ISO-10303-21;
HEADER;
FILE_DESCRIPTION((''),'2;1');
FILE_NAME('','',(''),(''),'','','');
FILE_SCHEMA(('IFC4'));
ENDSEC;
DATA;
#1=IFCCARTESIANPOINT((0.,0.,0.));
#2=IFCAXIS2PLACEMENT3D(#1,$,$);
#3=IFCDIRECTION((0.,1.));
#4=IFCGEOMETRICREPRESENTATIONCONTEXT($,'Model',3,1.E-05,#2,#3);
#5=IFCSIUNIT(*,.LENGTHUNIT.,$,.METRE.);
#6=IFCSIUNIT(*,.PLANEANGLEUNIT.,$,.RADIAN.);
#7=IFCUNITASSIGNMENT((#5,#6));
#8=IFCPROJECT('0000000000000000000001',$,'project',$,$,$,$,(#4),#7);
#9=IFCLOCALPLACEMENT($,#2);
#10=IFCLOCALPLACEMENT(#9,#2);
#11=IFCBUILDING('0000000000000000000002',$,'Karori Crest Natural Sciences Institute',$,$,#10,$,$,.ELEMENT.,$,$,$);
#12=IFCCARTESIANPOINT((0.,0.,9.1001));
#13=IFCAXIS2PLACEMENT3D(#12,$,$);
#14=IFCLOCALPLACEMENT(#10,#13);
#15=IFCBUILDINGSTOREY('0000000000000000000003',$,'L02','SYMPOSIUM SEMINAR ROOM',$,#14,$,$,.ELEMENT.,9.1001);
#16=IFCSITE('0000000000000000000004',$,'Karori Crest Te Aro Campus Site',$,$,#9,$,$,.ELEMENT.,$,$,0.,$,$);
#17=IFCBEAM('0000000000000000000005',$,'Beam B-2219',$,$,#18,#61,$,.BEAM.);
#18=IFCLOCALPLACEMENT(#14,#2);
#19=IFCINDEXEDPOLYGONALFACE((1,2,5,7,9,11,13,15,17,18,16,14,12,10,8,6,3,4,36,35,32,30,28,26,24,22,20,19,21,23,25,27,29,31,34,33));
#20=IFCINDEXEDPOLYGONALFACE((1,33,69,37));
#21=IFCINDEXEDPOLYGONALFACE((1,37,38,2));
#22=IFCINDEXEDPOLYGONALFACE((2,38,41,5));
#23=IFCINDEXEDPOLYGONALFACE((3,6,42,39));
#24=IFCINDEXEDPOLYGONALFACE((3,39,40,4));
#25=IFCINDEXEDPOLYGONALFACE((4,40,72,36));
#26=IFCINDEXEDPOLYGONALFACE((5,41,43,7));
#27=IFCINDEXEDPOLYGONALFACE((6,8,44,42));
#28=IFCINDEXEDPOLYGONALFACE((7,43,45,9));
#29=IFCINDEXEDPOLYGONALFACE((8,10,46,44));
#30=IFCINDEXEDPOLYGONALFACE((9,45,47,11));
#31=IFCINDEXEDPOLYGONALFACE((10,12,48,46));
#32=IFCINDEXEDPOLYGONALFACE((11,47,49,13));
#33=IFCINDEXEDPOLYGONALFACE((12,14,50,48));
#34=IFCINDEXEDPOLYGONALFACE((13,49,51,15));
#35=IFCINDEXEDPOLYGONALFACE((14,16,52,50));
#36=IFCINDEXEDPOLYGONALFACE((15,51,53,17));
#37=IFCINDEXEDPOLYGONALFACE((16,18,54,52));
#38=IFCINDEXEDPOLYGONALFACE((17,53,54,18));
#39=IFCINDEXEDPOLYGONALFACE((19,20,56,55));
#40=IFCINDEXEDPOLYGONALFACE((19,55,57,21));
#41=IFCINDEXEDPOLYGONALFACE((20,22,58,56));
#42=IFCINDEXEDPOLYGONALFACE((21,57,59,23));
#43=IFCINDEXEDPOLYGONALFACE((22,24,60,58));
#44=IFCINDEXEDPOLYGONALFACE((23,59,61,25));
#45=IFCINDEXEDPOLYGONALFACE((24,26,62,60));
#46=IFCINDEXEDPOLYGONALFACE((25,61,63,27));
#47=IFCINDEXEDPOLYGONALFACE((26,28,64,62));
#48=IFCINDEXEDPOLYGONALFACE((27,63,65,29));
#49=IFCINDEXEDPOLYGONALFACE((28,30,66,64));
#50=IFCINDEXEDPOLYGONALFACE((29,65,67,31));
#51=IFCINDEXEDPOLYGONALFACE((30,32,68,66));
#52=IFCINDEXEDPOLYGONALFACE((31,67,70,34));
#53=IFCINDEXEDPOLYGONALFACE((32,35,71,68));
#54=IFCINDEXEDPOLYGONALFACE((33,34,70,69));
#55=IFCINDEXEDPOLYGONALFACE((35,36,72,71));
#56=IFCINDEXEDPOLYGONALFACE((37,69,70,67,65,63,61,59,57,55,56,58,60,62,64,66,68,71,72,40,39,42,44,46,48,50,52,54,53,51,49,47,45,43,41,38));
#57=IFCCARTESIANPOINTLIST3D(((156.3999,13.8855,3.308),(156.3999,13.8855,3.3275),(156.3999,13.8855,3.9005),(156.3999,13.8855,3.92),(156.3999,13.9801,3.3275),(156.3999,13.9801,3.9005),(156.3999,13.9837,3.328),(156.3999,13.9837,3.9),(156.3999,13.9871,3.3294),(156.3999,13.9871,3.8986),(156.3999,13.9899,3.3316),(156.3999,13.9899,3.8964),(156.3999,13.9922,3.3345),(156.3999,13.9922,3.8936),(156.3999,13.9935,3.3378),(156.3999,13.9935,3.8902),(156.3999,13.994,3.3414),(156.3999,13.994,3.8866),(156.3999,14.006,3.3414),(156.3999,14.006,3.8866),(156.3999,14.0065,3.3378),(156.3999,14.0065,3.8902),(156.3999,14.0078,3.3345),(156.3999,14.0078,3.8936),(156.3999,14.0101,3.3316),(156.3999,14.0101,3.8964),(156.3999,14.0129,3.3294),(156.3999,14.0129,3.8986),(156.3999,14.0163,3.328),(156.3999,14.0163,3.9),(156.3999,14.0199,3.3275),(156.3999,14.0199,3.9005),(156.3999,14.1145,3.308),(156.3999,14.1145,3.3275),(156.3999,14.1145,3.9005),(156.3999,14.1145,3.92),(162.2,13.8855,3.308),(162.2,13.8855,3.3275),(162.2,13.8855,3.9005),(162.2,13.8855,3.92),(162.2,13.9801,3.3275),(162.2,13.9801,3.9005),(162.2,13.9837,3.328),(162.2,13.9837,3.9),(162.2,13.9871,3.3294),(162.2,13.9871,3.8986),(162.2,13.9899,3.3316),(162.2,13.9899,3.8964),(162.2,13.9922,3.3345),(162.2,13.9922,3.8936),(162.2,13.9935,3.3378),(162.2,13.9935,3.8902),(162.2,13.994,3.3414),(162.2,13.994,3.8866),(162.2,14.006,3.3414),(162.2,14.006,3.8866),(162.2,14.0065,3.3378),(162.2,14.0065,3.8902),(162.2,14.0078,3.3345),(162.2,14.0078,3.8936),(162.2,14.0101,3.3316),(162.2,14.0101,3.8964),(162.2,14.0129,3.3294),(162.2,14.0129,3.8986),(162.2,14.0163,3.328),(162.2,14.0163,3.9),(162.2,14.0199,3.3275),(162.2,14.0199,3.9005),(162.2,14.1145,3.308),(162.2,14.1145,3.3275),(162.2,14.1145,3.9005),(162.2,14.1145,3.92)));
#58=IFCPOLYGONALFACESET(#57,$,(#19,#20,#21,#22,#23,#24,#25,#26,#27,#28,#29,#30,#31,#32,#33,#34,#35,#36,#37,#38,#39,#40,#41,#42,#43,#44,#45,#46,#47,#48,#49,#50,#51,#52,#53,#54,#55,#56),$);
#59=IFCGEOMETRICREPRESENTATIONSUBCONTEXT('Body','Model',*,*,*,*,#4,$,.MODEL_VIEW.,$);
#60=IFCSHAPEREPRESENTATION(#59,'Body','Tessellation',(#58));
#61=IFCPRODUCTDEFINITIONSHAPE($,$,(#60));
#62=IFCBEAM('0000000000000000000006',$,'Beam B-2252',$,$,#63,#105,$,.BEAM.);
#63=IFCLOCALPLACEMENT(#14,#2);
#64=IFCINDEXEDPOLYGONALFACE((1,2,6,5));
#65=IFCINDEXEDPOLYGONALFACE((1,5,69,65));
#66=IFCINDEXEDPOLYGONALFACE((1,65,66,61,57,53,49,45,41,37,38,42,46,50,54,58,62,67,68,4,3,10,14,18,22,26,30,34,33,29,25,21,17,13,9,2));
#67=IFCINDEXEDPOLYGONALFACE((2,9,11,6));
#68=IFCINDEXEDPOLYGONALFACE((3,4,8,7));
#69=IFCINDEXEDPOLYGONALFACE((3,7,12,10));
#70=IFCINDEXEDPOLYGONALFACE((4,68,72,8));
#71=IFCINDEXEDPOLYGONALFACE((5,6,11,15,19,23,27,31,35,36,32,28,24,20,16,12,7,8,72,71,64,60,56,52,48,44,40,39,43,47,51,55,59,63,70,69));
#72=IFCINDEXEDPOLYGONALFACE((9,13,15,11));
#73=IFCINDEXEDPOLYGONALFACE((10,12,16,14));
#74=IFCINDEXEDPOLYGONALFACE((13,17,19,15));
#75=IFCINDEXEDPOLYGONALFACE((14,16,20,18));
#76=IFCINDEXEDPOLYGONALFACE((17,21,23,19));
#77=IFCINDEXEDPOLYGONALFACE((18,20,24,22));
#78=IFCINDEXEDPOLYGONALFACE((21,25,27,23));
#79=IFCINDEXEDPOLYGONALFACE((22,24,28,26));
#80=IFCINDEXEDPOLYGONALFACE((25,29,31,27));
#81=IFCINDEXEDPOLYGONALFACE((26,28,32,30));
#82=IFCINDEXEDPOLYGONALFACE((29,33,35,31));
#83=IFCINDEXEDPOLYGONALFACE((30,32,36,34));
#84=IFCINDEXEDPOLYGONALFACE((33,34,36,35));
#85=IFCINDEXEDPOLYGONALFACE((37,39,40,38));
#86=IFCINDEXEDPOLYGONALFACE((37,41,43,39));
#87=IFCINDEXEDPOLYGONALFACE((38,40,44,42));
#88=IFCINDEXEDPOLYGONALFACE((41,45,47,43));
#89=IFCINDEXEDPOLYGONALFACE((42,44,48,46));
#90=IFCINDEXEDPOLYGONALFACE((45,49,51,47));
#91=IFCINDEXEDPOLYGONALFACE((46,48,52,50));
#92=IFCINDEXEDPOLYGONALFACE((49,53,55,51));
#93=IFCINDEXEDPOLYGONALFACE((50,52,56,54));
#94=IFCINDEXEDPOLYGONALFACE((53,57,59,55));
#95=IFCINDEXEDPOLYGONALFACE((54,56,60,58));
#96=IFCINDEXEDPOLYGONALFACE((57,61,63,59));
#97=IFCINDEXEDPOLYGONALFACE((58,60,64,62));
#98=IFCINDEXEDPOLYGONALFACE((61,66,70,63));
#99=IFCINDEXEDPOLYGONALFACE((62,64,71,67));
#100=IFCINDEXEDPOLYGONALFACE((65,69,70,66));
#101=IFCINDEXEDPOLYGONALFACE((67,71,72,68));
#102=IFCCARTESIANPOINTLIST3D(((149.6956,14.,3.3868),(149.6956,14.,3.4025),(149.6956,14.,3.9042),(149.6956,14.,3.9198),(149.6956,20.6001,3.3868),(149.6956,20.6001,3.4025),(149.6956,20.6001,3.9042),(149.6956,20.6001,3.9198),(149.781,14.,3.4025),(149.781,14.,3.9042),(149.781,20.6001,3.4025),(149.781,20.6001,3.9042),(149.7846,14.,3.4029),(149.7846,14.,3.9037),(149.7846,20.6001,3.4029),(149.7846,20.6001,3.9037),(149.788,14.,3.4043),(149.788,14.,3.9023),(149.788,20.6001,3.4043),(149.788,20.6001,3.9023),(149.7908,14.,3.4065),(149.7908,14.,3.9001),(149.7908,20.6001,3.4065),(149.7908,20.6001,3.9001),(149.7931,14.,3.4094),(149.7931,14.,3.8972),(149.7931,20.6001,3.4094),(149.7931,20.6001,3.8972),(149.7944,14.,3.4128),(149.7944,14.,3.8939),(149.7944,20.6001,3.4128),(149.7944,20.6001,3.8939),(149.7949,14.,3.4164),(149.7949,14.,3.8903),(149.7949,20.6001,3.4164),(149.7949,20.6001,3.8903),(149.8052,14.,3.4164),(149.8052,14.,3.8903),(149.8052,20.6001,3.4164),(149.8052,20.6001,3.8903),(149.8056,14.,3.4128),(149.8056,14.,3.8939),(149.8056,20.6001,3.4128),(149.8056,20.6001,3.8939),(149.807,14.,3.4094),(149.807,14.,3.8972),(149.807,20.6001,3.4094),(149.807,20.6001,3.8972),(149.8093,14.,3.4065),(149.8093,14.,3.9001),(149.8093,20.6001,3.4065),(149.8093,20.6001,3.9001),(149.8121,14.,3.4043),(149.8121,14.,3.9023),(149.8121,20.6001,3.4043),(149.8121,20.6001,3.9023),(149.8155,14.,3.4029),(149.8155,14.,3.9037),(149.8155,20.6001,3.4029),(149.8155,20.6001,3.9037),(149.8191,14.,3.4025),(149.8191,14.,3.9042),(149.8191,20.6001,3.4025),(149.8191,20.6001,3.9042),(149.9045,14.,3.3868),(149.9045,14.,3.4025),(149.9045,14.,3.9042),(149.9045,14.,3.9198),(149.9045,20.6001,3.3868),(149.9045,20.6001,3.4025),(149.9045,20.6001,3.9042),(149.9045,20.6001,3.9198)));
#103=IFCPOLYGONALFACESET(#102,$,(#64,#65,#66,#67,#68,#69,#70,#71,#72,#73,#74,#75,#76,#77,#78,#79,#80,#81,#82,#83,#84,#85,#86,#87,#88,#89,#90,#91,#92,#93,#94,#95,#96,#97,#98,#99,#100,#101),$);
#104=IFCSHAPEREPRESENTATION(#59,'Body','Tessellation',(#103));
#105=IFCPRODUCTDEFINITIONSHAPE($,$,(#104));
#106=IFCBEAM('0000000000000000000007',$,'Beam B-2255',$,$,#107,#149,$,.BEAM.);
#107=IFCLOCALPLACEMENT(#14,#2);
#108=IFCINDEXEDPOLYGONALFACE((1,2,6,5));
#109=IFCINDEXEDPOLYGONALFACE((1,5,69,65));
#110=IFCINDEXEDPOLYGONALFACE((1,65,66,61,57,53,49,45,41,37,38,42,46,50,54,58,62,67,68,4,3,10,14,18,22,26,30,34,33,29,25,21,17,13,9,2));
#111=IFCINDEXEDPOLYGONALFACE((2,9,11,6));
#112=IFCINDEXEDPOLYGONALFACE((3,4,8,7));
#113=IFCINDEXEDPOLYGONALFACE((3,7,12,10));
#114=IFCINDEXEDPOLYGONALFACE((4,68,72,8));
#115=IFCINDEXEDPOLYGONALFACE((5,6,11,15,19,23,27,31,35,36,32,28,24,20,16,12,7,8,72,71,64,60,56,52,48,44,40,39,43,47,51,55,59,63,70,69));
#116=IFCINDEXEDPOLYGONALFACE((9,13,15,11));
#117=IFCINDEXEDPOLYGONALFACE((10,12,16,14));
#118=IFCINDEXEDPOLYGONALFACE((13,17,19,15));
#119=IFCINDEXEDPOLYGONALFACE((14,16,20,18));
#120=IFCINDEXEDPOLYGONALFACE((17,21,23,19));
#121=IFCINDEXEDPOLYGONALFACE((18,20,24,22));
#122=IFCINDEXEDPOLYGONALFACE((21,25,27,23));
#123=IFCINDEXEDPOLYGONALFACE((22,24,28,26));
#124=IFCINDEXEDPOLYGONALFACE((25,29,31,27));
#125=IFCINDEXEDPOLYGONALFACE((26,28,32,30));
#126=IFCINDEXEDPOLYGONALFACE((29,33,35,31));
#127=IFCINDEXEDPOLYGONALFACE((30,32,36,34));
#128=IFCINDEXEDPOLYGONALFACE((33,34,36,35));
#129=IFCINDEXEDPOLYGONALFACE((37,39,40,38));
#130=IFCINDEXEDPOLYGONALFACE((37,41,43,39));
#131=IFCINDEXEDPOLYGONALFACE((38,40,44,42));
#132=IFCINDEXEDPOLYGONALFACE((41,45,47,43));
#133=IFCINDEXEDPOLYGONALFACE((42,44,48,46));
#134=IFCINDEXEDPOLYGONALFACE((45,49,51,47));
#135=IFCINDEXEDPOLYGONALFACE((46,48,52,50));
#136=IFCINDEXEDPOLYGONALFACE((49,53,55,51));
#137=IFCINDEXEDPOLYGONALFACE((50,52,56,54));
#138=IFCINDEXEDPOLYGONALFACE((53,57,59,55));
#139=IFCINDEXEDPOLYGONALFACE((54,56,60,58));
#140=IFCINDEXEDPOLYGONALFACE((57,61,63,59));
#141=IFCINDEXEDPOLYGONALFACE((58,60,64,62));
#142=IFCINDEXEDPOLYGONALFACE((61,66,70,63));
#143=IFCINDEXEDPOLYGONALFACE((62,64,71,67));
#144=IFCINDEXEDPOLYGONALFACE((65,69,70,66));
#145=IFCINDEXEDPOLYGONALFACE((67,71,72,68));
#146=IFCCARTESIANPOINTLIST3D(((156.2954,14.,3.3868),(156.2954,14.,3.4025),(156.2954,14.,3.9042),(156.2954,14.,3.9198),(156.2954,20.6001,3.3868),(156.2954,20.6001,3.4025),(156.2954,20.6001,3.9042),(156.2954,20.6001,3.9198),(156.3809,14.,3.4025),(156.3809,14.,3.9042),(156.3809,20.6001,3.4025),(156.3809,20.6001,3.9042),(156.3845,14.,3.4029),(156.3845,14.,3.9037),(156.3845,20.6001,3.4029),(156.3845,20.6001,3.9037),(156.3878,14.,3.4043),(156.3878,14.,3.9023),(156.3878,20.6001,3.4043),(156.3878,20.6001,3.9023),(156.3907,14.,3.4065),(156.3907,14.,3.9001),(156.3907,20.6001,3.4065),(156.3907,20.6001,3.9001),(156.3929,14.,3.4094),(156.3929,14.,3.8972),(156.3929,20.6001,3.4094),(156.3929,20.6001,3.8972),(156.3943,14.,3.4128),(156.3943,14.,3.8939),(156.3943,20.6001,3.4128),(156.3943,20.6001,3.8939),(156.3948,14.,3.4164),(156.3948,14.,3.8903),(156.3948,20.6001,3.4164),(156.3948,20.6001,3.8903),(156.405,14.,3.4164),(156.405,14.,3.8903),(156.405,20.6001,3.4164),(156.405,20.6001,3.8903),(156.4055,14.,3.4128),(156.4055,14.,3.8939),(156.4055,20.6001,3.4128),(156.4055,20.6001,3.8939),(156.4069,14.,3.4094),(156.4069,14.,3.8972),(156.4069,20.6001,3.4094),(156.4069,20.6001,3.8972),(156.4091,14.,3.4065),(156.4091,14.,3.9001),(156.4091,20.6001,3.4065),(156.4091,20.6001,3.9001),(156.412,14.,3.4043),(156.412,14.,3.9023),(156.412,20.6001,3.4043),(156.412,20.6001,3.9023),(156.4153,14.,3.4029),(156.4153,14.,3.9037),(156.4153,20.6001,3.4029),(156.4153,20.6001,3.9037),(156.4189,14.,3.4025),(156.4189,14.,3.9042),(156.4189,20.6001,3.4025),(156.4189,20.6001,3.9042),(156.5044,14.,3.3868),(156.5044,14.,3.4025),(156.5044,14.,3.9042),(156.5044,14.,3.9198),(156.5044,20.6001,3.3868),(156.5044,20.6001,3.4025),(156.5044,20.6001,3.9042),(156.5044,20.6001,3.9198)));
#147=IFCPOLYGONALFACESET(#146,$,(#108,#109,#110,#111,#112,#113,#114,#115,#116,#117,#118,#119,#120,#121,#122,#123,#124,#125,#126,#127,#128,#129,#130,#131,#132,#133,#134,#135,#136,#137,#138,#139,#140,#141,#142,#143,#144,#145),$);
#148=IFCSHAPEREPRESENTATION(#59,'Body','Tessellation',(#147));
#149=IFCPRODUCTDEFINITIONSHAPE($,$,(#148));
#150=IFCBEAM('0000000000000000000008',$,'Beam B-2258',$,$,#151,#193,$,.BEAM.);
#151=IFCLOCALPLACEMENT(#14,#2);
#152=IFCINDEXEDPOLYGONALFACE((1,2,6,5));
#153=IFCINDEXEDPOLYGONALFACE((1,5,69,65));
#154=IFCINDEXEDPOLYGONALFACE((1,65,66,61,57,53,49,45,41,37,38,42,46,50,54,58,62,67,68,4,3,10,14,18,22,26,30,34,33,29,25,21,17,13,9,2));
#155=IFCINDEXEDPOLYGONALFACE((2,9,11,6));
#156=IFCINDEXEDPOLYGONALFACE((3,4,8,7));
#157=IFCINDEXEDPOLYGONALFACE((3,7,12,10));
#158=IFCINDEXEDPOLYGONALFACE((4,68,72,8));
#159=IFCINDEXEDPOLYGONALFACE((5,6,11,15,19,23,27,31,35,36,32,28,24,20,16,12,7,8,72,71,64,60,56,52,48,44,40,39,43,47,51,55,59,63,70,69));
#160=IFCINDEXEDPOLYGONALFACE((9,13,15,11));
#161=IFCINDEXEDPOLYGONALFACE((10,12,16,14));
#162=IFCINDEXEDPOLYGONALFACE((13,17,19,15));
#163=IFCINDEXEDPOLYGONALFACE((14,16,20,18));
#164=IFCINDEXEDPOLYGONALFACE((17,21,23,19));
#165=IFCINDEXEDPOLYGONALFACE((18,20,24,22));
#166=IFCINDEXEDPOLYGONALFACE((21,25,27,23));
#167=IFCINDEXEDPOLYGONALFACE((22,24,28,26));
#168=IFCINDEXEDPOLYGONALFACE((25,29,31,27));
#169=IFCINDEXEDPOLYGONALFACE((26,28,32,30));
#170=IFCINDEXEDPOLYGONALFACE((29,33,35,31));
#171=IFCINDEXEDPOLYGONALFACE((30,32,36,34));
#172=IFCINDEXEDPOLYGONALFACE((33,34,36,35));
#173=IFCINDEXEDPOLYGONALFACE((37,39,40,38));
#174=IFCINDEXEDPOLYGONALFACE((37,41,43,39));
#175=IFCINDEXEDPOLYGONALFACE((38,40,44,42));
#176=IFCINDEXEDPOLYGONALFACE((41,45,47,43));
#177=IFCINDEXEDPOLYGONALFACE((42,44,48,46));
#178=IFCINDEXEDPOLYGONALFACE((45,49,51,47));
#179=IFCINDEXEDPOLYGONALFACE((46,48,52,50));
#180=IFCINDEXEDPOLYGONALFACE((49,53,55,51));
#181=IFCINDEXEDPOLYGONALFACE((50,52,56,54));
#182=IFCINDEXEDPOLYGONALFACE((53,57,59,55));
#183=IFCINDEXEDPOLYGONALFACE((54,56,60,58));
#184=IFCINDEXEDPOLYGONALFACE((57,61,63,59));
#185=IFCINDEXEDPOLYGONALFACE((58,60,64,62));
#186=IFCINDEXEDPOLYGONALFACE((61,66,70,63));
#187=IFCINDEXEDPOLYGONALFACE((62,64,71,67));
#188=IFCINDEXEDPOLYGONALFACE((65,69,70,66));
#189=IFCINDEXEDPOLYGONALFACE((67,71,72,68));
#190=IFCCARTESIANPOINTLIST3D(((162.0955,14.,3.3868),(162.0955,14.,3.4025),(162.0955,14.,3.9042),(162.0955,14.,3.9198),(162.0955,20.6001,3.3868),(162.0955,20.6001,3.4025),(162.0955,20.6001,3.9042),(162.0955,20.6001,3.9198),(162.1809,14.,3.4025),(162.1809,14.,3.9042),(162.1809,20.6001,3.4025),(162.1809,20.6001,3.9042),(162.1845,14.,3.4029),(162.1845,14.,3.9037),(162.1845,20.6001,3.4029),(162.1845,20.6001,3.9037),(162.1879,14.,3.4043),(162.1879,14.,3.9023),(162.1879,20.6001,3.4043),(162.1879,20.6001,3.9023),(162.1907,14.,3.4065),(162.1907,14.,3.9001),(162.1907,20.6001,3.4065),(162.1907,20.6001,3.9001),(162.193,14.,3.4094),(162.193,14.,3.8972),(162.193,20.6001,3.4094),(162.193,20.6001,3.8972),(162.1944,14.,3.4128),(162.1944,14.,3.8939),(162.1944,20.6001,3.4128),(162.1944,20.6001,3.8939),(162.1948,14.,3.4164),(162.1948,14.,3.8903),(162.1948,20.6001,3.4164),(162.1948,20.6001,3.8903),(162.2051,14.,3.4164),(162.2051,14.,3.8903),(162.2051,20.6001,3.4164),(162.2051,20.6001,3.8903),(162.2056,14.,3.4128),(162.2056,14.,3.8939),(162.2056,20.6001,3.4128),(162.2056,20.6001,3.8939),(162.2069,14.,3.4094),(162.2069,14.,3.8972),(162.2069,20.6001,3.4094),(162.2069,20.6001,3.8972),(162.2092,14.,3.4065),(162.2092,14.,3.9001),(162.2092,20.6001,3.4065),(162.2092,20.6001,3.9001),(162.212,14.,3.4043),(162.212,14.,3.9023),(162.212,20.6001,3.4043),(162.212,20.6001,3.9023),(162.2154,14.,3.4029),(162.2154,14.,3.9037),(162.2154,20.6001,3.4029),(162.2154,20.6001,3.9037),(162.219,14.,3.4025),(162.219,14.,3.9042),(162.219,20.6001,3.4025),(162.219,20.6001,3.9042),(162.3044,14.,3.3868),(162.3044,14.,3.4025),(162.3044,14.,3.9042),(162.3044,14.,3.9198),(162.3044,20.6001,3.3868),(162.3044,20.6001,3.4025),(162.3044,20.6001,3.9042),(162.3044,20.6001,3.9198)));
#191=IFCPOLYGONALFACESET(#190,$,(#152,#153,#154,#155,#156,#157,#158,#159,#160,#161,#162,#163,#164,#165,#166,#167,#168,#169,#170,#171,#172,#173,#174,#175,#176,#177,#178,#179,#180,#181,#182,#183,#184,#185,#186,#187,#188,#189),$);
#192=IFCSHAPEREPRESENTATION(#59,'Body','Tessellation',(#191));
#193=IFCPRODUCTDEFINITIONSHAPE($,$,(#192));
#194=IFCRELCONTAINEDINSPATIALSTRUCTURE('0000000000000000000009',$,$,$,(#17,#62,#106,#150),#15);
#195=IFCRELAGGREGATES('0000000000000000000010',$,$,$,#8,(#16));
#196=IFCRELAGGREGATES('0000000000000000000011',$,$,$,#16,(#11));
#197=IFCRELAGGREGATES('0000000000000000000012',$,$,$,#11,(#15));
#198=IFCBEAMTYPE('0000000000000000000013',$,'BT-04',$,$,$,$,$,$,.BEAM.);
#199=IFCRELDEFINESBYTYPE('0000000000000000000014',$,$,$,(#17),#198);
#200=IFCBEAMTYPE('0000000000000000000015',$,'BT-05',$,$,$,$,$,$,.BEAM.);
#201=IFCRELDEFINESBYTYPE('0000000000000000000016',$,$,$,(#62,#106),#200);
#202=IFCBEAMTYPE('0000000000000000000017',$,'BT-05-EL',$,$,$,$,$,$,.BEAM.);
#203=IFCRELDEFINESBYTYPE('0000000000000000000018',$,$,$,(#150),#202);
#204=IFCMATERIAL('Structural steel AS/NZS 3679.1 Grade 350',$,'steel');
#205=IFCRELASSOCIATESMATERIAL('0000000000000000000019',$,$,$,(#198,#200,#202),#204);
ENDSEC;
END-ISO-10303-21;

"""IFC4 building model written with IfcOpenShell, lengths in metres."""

from ifc_helpers import new_model, si_unit, direction, frame, origin, origin_2d, place, context, subcontext, project, spatial, i_section, extrude, material, material_profile, profile_set, type_object, element, save


model = new_model("IFC4")

# Units and contexts
model_context = context("Model", 3, precision=1e-05, world=origin(), true_north=direction((0.0, 1.0)))
body_context = subcontext(model_context, "Body", "Model", "MODEL_VIEW")
ifc_project = project(units=[si_unit("LENGTHUNIT", "METRE"), si_unit("PLANEANGLEUNIT", "RADIAN")], contexts=[model_context])

# Site, building, storey
site_placement = place(None, origin())
site = spatial("IfcSite", under=ifc_project, at=site_placement, Name="Karori Crest Te Aro Campus Site", CompositionType="ELEMENT", RefElevation=0.0)
building_placement = place(site_placement, origin())
building = spatial("IfcBuilding", under=site, at=building_placement, Name="Karori Crest Natural Sciences Institute", CompositionType="ELEMENT")
storey_placement = place(building_placement, frame((0.0, 0.0, 9.1001)))
storey = spatial("IfcBuildingStorey", under=building, at=storey_placement, Name="L02", Description="SYMPOSIUM SEMINAR ROOM", CompositionType="ELEMENT", Elevation=9.1001)

# Shared definitions
ifc_material_1 = material(Name="Structural steel AS/NZS 3679.1 Grade 350", Category="steel")

# Beams
ifc_material_profile_1 = material_profile(ifc_material_1, i_section(OverallWidth=0.229, OverallDepth=0.6121, WebThickness=0.012, FlangeThickness=0.0195, FilletRadius=0.0139, at=origin_2d()), Name="610UB125")
ifc_profile_set_1 = profile_set([ifc_material_profile_1], Name="Structural steel AS/NZS 3679.1 Grade 350")
beam_type_1 = type_object("IfcBeamType", Name="BT-04", PredefinedType="BEAM", material=ifc_profile_set_1)
beam_1_placement = place(storey_placement, frame((156.3999, 14.0, 3.614), z_axis=(1.0, 0.0, 0.0), x_axis=(0.0, 1.0, 0.0)))
element("IfcBeam", 1, at=beam_1_placement, inside=storey, type_object=beam_type_1, Name="Beam B-2219", PredefinedType="BEAM", context=body_context, shape_type="SweptSolid", body=[
    extrude(i_section(OverallWidth=0.229, OverallDepth=0.6121, WebThickness=0.012, FlangeThickness=0.0195, FilletRadius=0.0139, at=origin_2d()), origin(), (0.0, 0.0, 1.0), 5.8),
])
ifc_material_profile_2 = material_profile(ifc_material_1, i_section(OverallWidth=0.209, OverallDepth=0.533, WebThickness=0.0103, FlangeThickness=0.0156, FilletRadius=0.0139, at=origin_2d()), Name="530UB92.4")
ifc_profile_set_2 = profile_set([ifc_material_profile_2], Name="Structural steel AS/NZS 3679.1 Grade 350")
beam_type_2 = type_object("IfcBeamType", Name="BT-05", PredefinedType="BEAM", material=ifc_profile_set_2)
for number, where, z_axis, x_axis, name in (
    (2, (149.8, 14.0, 3.6533), (0.0, 1.0, 0.0), (-1.0, 0.0, 0.0), "Beam B-2252"),
    (3, (156.3999, 14.0, 3.6533), (0.0, 1.0, 0.0), (-1.0, 0.0, 0.0), "Beam B-2255"),
):
    element("IfcBeam", number, at=place(storey_placement, frame(where, z_axis=z_axis, x_axis=x_axis)), inside=storey, type_object=beam_type_2, Name=name, PredefinedType="BEAM", context=body_context, shape_type="SweptSolid", body=[
        extrude(i_section(OverallWidth=0.209, OverallDepth=0.533, WebThickness=0.0103, FlangeThickness=0.0156, FilletRadius=0.0139, at=origin_2d()), origin(), (0.0, 0.0, 1.0), 6.6001),
    ])
ifc_material_profile_3 = material_profile(ifc_material_1, i_section(OverallWidth=0.209, OverallDepth=0.533, WebThickness=0.0103, FlangeThickness=0.0156, FilletRadius=0.0139, at=origin_2d()), Name="530UB92.4")
ifc_profile_set_3 = profile_set([ifc_material_profile_3], Name="Structural steel AS/NZS 3679.1 Grade 350")
beam_type_3 = type_object("IfcBeamType", Name="BT-05-EL", PredefinedType="BEAM", material=ifc_profile_set_3)
beam_2_placement = place(storey_placement, frame((162.2, 14.0, 3.6533), z_axis=(0.0, 1.0, 0.0), x_axis=(-1.0, 0.0, 0.0)))
element("IfcBeam", 4, at=beam_2_placement, inside=storey, type_object=beam_type_3, Name="Beam B-2258", PredefinedType="BEAM", context=body_context, shape_type="SweptSolid", body=[
    extrude(i_section(OverallWidth=0.209, OverallDepth=0.533, WebThickness=0.0103, FlangeThickness=0.0156, FilletRadius=0.0139, at=origin_2d()), origin(), (0.0, 0.0, 1.0), 6.6001),
])

save(model, "model.ifc")
